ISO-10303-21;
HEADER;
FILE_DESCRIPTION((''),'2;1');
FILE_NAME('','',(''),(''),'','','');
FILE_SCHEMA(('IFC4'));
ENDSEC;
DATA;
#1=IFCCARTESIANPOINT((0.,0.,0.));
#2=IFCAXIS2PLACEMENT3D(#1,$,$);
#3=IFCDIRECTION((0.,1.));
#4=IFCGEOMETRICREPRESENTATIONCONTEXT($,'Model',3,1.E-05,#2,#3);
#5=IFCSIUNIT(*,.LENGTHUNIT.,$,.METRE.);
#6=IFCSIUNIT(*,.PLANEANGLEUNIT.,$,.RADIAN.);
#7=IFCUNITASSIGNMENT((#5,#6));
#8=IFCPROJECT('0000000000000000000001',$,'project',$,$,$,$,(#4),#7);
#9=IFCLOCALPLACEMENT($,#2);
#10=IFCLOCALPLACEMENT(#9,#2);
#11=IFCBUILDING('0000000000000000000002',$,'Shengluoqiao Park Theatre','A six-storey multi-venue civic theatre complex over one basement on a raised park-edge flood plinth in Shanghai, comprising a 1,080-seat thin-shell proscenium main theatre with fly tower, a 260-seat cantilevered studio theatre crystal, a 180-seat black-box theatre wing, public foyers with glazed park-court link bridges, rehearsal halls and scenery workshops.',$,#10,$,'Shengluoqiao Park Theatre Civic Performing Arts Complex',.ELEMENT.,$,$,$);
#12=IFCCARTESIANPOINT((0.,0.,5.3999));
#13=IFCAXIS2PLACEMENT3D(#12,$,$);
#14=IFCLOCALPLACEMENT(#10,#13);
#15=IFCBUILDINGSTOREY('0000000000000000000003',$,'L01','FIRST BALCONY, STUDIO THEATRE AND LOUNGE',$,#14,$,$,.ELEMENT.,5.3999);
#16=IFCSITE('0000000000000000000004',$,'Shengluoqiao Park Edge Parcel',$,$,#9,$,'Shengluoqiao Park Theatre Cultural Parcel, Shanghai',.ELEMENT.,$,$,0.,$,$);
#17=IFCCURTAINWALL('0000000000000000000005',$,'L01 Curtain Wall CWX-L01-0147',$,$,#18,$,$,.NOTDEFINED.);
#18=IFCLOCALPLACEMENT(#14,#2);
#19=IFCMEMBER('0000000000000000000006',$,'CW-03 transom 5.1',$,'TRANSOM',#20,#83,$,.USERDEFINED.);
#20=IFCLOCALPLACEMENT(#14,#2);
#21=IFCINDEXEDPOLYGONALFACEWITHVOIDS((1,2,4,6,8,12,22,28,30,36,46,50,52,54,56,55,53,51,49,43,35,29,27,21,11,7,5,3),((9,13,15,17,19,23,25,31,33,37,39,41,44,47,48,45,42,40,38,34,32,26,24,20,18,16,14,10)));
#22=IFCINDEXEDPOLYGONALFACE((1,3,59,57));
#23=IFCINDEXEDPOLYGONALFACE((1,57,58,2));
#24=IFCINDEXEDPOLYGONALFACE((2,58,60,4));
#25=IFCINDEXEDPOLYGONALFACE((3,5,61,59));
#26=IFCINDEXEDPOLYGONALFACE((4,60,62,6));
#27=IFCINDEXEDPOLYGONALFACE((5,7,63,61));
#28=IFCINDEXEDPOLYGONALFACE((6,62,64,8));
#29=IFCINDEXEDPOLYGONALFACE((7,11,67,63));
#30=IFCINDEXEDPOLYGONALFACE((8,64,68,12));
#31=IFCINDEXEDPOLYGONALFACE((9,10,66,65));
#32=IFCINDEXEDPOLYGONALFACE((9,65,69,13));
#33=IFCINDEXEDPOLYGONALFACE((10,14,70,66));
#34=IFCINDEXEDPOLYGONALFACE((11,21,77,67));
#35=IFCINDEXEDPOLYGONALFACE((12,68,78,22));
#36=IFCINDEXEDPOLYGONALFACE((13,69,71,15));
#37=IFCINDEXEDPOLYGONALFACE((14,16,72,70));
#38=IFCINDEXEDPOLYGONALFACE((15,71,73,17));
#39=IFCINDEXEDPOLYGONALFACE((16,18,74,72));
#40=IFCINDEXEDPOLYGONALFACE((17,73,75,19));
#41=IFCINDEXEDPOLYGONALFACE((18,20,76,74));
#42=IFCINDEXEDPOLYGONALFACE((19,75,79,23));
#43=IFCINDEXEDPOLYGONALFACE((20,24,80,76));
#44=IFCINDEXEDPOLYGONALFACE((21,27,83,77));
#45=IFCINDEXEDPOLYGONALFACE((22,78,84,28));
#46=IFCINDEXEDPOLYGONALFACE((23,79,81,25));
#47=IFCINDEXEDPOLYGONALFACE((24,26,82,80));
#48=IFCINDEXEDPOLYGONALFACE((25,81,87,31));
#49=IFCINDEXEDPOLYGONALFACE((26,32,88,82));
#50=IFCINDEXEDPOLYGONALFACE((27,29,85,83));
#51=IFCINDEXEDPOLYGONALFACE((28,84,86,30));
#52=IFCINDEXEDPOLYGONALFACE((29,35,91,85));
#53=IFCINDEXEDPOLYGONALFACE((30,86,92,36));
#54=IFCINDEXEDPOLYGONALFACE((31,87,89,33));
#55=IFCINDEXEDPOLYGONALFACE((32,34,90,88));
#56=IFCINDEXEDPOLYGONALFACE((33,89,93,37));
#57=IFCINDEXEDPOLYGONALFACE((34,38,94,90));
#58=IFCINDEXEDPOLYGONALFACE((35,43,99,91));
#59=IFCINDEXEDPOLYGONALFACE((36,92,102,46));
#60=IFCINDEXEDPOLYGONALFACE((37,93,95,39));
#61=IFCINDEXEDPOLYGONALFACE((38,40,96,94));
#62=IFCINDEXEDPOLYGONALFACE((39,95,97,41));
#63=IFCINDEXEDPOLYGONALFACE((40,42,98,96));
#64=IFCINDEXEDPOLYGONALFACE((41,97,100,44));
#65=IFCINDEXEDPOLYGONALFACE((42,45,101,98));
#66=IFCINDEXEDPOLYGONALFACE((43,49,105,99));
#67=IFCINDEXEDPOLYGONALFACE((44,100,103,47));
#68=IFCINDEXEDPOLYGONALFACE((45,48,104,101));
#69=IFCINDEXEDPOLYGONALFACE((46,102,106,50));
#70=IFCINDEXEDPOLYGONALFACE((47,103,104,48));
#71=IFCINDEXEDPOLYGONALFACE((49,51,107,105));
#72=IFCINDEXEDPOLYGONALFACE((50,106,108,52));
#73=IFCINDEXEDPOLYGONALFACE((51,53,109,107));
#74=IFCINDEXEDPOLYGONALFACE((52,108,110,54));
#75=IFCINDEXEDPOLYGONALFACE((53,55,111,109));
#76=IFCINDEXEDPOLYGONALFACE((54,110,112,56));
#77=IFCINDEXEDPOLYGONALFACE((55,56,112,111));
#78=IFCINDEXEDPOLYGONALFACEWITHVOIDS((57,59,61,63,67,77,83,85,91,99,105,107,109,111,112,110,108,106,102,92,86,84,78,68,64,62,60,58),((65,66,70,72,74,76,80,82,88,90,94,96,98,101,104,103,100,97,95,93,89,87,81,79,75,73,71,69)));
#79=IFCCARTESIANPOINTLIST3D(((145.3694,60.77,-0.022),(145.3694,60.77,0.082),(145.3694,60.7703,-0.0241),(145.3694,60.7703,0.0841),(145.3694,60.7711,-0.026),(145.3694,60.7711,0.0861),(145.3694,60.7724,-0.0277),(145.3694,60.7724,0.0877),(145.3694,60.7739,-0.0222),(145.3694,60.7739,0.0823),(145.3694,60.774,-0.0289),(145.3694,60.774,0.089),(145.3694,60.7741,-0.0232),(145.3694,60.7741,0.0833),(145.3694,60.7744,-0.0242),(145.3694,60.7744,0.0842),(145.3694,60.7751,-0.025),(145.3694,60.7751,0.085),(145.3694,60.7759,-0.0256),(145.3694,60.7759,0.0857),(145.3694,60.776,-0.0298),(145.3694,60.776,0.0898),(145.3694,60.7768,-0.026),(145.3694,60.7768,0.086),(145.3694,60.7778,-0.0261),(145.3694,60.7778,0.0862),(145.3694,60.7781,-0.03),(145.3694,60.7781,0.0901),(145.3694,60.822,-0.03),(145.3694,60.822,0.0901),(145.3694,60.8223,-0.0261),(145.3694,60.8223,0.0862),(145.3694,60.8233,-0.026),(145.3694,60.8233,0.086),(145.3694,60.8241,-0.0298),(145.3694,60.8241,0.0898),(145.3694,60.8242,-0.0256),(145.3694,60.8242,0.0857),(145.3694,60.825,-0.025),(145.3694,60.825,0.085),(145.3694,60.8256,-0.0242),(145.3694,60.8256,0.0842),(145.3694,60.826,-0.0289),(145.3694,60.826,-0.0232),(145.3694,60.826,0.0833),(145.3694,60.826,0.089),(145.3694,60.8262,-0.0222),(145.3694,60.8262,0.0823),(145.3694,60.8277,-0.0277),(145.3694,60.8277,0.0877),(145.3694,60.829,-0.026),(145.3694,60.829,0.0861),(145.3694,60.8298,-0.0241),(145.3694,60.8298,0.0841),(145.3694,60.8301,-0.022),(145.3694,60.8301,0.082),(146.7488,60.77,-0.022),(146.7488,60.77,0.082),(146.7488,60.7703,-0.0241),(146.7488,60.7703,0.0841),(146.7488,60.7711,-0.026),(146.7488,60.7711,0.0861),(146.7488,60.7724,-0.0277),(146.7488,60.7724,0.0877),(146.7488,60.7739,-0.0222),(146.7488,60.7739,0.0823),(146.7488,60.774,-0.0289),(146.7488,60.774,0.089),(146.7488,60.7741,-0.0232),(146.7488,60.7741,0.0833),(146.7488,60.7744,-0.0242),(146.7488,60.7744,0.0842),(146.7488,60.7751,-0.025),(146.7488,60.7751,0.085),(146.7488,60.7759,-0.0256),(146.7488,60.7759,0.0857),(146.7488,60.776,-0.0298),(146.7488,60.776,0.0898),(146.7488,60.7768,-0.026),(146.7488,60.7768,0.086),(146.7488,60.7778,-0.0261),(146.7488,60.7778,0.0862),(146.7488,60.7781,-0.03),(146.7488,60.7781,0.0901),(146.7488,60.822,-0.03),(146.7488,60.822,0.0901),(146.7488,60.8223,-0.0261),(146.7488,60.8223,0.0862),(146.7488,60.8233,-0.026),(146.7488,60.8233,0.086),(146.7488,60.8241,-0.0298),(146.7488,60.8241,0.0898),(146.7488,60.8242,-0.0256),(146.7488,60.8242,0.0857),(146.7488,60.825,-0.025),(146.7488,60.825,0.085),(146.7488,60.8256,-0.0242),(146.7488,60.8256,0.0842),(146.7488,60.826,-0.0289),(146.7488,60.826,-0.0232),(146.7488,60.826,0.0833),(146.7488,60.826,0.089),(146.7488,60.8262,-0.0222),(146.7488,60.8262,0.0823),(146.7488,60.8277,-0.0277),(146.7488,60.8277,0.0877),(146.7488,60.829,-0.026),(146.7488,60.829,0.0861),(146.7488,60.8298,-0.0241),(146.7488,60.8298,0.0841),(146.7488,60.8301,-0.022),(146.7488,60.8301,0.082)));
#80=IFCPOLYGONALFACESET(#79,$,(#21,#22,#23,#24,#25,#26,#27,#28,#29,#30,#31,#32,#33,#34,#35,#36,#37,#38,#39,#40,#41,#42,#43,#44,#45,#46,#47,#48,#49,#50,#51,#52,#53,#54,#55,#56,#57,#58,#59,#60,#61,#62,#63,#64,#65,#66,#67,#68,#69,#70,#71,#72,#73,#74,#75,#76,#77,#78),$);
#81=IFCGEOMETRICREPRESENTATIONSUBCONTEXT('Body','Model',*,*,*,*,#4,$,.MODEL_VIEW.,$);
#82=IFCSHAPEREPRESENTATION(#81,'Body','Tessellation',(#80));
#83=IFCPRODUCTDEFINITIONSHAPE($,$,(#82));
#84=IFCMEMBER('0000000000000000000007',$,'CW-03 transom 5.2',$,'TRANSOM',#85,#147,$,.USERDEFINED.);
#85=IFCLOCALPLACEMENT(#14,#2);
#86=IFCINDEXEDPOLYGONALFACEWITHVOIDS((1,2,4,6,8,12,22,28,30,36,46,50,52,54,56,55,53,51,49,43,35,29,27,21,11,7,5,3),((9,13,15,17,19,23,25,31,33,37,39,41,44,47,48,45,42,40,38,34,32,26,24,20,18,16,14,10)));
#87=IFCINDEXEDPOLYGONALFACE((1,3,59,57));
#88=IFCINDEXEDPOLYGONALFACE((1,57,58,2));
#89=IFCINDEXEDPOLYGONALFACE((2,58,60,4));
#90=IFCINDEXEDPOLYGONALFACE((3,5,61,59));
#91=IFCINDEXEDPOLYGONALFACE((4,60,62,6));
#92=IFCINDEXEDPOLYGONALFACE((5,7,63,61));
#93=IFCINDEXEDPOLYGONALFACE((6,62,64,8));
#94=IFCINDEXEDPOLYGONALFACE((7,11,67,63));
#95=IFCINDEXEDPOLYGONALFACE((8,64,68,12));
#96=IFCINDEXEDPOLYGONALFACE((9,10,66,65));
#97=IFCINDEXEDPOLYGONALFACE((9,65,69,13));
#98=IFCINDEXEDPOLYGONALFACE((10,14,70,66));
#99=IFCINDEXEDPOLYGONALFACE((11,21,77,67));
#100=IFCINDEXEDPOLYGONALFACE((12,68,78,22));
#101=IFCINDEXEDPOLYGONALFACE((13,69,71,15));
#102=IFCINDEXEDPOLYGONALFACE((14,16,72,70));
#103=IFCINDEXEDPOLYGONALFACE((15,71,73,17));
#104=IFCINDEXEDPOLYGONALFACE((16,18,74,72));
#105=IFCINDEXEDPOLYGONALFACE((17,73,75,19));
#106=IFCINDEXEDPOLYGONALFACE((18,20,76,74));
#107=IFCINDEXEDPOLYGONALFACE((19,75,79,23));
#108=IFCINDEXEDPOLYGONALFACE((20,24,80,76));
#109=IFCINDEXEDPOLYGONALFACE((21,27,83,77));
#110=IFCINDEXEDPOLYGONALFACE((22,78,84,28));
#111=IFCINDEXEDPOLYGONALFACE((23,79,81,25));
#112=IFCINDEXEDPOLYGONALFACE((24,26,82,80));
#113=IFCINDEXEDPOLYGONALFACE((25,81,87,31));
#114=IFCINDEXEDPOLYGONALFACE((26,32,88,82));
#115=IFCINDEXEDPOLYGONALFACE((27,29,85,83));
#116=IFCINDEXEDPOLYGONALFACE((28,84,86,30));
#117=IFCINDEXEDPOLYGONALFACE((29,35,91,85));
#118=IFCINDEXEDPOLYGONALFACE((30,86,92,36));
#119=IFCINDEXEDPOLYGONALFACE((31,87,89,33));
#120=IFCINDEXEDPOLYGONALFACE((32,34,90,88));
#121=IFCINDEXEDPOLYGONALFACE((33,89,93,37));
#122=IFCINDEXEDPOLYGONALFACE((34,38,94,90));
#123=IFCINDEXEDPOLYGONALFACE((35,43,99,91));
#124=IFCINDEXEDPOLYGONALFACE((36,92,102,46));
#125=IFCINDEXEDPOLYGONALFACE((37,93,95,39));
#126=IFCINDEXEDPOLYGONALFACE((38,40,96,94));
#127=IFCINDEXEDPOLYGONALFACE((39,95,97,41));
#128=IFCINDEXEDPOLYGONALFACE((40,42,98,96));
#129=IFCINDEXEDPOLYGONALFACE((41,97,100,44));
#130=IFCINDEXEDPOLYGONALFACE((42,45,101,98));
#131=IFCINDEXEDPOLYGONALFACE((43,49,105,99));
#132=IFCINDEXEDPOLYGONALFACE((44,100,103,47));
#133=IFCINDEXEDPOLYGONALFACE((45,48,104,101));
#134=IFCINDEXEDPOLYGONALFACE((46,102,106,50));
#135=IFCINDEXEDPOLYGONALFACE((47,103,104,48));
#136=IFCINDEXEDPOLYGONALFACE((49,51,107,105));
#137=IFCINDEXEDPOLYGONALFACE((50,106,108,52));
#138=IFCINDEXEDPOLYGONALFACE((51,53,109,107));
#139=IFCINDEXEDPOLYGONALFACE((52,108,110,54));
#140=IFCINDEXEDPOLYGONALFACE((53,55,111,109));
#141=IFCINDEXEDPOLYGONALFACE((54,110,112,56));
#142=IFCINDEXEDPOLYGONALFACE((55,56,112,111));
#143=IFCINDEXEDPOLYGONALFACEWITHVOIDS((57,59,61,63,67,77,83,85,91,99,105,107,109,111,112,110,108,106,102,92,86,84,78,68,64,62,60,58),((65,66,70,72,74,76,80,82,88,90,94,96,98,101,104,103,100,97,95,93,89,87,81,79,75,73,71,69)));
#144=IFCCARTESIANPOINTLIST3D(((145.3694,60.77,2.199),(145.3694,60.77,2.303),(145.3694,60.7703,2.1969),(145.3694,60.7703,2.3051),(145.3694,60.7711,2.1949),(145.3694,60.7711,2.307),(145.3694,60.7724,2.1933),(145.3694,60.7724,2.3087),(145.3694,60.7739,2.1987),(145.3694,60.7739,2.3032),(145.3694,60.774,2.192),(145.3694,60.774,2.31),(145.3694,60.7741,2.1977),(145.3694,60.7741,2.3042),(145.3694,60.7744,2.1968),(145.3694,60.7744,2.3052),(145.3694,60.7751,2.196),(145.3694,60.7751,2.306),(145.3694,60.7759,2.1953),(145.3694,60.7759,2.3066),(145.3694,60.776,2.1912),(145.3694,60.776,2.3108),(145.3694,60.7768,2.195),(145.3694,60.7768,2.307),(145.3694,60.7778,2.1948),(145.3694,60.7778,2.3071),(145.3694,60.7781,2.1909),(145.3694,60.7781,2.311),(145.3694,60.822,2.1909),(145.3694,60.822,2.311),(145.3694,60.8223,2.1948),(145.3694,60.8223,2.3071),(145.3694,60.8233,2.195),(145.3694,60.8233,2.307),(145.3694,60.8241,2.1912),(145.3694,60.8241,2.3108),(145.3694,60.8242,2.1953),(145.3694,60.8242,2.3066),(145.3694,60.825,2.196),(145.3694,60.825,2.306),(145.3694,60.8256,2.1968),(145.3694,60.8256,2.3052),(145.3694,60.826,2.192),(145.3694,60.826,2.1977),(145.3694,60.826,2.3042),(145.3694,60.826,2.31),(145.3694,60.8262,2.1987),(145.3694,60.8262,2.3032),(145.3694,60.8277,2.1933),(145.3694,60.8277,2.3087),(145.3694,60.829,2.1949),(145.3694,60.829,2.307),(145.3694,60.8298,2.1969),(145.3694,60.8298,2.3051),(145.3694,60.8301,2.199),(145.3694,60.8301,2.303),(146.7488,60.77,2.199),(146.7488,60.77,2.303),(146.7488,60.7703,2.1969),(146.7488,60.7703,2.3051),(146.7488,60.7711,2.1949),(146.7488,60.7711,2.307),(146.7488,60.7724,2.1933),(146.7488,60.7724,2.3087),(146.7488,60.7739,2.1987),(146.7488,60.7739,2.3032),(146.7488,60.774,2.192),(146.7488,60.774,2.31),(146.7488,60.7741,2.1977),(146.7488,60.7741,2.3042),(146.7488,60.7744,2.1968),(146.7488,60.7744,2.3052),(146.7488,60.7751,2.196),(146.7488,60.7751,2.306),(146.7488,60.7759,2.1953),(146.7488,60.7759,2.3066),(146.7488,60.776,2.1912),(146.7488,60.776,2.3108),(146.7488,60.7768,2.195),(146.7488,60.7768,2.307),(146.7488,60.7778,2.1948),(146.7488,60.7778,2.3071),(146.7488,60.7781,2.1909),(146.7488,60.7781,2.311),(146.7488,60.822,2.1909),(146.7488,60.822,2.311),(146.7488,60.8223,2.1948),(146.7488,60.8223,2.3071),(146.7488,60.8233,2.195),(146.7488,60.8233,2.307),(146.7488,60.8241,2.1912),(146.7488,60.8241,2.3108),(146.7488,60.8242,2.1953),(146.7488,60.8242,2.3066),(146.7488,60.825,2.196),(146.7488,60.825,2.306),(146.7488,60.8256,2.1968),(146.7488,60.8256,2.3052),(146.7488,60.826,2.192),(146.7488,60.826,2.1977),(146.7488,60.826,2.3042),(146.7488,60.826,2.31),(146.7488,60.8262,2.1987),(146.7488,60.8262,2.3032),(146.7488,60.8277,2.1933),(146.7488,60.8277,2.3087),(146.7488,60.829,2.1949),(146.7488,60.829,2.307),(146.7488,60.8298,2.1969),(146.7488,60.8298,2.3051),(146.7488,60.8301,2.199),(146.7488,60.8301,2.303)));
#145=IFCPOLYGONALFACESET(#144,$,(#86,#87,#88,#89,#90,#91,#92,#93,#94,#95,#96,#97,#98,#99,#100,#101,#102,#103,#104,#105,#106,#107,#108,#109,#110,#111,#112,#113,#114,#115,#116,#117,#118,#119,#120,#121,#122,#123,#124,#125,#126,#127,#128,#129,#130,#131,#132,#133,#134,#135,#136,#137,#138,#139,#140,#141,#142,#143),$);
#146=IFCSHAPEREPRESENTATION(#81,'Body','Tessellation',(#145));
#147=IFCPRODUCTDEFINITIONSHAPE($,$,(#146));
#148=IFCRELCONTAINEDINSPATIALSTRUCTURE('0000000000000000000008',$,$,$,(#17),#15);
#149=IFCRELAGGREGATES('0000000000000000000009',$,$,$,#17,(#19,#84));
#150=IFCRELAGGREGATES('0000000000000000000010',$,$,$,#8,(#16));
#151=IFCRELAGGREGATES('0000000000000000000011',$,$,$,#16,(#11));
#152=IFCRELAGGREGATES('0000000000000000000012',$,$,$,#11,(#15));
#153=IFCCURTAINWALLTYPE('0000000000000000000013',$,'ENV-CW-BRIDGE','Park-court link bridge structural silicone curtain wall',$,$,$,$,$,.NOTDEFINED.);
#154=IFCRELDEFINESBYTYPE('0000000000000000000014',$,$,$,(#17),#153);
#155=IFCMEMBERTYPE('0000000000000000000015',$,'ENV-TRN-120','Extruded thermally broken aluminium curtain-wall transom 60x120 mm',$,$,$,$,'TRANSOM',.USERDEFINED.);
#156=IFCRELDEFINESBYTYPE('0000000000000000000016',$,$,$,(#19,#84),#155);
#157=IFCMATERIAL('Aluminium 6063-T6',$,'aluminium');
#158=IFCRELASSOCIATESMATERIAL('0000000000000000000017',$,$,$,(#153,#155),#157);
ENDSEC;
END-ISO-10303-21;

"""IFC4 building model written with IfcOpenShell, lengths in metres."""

from ifc_helpers import new_model, si_unit, direction, frame, origin, origin_2d, place, context, subcontext, project, spatial, hollow_rectangle, extrude, material, material_profile, profile_set, type_object, element, aggregate, save


model = new_model("IFC4")

# Units and contexts
model_context = context("Model", 3, precision=1e-05, world=origin(), true_north=direction((0.0, 1.0)))
body_context = subcontext(model_context, "Body", "Model", "MODEL_VIEW")
ifc_project = project(units=[si_unit("LENGTHUNIT", "METRE"), si_unit("PLANEANGLEUNIT", "RADIAN")], contexts=[model_context])

# Site, building, storey
site_placement = place(None, origin())
site = spatial("IfcSite", under=ifc_project, at=site_placement, Name="Shengluoqiao Park Edge Parcel", LongName="Shengluoqiao Park Theatre Cultural Parcel, Shanghai", CompositionType="ELEMENT", RefElevation=0.0)
building_placement = place(site_placement, origin())
building = spatial("IfcBuilding", under=site, at=building_placement, Name="Shengluoqiao Park Theatre", Description="A six-storey multi-venue civic theatre complex over one basement on a raised park-edge flood plinth in Shanghai, comprising a 1,080-seat thin-shell proscenium main theatre with fly tower, a 260-seat cantilevered studio theatre crystal, a 180-seat black-box theatre wing, public foyers with glazed park-court link bridges, rehearsal halls and scenery workshops.", LongName="Shengluoqiao Park Theatre Civic Performing Arts Complex", CompositionType="ELEMENT")
storey_placement = place(building_placement, frame((0.0, 0.0, 5.3999)))
storey = spatial("IfcBuildingStorey", under=building, at=storey_placement, Name="L01", Description="FIRST BALCONY, STUDIO THEATRE AND LOUNGE", CompositionType="ELEMENT", Elevation=5.3999)

# Curtain wall
ifc_material_1 = material(Name="Aluminium 6063-T6", Category="aluminium")
curtain_wall_type = type_object("IfcCurtainWallType", Name="ENV-CW-BRIDGE", Description="Park-court link bridge structural silicone curtain wall", PredefinedType="NOTDEFINED", material=ifc_material_1)
curtain_wall_1_placement = place(storey_placement, origin())
curtain_wall_1 = element("IfcCurtainWall", 1, at=curtain_wall_1_placement, inside=storey, type_object=curtain_wall_type, Name="L01 Curtain Wall CWX-L01-0147", PredefinedType="NOTDEFINED")

# Members
ifc_material_profile_1 = material_profile(ifc_material_1, hollow_rectangle(XDim=0.0601, YDim=0.1201, WallThickness=0.0039, InnerFilletRadius=0.0039, OuterFilletRadius=0.0081, at=origin_2d()), Name="ALU TRANSOM 120x60x4")
ifc_profile_set_1 = profile_set([ifc_material_profile_1], Name="Aluminium 6063-T6")
member_type_1 = type_object("IfcMemberType", Name="ENV-TRN-120", Description="Extruded thermally broken aluminium curtain-wall transom 60x120 mm", ElementType="TRANSOM", PredefinedType="USERDEFINED", material=ifc_profile_set_1)
member_1_placement = place(storey_placement, frame((145.3694, 60.8, 0.03), z_axis=(1.0, 0.0, 0.0), x_axis=(0.0, 1.0, 0.0)))
member_1 = element("IfcMember", 2, at=member_1_placement, type_object=member_type_1, Name="CW-03 transom 5.1", ObjectType="TRANSOM", PredefinedType="USERDEFINED", context=body_context, shape_type="SweptSolid", body=[
    extrude(hollow_rectangle(XDim=0.0601, YDim=0.1201, WallThickness=0.0039, InnerFilletRadius=0.0039, OuterFilletRadius=0.0081, at=origin_2d()), origin(), (0.0, 0.0, 1.0), 1.3794),
])
member_2_placement = place(storey_placement, frame((145.3694, 60.8, 2.251), z_axis=(1.0, 0.0, 0.0), x_axis=(0.0, 1.0, 0.0)))
member_2 = element("IfcMember", 3, at=member_2_placement, type_object=member_type_1, Name="CW-03 transom 5.2", ObjectType="TRANSOM", PredefinedType="USERDEFINED", context=body_context, shape_type="SweptSolid", body=[
    extrude(hollow_rectangle(XDim=0.0601, YDim=0.1201, WallThickness=0.0039, InnerFilletRadius=0.0039, OuterFilletRadius=0.0081, at=origin_2d()), origin(), (0.0, 0.0, 1.0), 1.3794),
])

aggregate(curtain_wall_1, [member_1, member_2])

save(model, "model.ifc")
